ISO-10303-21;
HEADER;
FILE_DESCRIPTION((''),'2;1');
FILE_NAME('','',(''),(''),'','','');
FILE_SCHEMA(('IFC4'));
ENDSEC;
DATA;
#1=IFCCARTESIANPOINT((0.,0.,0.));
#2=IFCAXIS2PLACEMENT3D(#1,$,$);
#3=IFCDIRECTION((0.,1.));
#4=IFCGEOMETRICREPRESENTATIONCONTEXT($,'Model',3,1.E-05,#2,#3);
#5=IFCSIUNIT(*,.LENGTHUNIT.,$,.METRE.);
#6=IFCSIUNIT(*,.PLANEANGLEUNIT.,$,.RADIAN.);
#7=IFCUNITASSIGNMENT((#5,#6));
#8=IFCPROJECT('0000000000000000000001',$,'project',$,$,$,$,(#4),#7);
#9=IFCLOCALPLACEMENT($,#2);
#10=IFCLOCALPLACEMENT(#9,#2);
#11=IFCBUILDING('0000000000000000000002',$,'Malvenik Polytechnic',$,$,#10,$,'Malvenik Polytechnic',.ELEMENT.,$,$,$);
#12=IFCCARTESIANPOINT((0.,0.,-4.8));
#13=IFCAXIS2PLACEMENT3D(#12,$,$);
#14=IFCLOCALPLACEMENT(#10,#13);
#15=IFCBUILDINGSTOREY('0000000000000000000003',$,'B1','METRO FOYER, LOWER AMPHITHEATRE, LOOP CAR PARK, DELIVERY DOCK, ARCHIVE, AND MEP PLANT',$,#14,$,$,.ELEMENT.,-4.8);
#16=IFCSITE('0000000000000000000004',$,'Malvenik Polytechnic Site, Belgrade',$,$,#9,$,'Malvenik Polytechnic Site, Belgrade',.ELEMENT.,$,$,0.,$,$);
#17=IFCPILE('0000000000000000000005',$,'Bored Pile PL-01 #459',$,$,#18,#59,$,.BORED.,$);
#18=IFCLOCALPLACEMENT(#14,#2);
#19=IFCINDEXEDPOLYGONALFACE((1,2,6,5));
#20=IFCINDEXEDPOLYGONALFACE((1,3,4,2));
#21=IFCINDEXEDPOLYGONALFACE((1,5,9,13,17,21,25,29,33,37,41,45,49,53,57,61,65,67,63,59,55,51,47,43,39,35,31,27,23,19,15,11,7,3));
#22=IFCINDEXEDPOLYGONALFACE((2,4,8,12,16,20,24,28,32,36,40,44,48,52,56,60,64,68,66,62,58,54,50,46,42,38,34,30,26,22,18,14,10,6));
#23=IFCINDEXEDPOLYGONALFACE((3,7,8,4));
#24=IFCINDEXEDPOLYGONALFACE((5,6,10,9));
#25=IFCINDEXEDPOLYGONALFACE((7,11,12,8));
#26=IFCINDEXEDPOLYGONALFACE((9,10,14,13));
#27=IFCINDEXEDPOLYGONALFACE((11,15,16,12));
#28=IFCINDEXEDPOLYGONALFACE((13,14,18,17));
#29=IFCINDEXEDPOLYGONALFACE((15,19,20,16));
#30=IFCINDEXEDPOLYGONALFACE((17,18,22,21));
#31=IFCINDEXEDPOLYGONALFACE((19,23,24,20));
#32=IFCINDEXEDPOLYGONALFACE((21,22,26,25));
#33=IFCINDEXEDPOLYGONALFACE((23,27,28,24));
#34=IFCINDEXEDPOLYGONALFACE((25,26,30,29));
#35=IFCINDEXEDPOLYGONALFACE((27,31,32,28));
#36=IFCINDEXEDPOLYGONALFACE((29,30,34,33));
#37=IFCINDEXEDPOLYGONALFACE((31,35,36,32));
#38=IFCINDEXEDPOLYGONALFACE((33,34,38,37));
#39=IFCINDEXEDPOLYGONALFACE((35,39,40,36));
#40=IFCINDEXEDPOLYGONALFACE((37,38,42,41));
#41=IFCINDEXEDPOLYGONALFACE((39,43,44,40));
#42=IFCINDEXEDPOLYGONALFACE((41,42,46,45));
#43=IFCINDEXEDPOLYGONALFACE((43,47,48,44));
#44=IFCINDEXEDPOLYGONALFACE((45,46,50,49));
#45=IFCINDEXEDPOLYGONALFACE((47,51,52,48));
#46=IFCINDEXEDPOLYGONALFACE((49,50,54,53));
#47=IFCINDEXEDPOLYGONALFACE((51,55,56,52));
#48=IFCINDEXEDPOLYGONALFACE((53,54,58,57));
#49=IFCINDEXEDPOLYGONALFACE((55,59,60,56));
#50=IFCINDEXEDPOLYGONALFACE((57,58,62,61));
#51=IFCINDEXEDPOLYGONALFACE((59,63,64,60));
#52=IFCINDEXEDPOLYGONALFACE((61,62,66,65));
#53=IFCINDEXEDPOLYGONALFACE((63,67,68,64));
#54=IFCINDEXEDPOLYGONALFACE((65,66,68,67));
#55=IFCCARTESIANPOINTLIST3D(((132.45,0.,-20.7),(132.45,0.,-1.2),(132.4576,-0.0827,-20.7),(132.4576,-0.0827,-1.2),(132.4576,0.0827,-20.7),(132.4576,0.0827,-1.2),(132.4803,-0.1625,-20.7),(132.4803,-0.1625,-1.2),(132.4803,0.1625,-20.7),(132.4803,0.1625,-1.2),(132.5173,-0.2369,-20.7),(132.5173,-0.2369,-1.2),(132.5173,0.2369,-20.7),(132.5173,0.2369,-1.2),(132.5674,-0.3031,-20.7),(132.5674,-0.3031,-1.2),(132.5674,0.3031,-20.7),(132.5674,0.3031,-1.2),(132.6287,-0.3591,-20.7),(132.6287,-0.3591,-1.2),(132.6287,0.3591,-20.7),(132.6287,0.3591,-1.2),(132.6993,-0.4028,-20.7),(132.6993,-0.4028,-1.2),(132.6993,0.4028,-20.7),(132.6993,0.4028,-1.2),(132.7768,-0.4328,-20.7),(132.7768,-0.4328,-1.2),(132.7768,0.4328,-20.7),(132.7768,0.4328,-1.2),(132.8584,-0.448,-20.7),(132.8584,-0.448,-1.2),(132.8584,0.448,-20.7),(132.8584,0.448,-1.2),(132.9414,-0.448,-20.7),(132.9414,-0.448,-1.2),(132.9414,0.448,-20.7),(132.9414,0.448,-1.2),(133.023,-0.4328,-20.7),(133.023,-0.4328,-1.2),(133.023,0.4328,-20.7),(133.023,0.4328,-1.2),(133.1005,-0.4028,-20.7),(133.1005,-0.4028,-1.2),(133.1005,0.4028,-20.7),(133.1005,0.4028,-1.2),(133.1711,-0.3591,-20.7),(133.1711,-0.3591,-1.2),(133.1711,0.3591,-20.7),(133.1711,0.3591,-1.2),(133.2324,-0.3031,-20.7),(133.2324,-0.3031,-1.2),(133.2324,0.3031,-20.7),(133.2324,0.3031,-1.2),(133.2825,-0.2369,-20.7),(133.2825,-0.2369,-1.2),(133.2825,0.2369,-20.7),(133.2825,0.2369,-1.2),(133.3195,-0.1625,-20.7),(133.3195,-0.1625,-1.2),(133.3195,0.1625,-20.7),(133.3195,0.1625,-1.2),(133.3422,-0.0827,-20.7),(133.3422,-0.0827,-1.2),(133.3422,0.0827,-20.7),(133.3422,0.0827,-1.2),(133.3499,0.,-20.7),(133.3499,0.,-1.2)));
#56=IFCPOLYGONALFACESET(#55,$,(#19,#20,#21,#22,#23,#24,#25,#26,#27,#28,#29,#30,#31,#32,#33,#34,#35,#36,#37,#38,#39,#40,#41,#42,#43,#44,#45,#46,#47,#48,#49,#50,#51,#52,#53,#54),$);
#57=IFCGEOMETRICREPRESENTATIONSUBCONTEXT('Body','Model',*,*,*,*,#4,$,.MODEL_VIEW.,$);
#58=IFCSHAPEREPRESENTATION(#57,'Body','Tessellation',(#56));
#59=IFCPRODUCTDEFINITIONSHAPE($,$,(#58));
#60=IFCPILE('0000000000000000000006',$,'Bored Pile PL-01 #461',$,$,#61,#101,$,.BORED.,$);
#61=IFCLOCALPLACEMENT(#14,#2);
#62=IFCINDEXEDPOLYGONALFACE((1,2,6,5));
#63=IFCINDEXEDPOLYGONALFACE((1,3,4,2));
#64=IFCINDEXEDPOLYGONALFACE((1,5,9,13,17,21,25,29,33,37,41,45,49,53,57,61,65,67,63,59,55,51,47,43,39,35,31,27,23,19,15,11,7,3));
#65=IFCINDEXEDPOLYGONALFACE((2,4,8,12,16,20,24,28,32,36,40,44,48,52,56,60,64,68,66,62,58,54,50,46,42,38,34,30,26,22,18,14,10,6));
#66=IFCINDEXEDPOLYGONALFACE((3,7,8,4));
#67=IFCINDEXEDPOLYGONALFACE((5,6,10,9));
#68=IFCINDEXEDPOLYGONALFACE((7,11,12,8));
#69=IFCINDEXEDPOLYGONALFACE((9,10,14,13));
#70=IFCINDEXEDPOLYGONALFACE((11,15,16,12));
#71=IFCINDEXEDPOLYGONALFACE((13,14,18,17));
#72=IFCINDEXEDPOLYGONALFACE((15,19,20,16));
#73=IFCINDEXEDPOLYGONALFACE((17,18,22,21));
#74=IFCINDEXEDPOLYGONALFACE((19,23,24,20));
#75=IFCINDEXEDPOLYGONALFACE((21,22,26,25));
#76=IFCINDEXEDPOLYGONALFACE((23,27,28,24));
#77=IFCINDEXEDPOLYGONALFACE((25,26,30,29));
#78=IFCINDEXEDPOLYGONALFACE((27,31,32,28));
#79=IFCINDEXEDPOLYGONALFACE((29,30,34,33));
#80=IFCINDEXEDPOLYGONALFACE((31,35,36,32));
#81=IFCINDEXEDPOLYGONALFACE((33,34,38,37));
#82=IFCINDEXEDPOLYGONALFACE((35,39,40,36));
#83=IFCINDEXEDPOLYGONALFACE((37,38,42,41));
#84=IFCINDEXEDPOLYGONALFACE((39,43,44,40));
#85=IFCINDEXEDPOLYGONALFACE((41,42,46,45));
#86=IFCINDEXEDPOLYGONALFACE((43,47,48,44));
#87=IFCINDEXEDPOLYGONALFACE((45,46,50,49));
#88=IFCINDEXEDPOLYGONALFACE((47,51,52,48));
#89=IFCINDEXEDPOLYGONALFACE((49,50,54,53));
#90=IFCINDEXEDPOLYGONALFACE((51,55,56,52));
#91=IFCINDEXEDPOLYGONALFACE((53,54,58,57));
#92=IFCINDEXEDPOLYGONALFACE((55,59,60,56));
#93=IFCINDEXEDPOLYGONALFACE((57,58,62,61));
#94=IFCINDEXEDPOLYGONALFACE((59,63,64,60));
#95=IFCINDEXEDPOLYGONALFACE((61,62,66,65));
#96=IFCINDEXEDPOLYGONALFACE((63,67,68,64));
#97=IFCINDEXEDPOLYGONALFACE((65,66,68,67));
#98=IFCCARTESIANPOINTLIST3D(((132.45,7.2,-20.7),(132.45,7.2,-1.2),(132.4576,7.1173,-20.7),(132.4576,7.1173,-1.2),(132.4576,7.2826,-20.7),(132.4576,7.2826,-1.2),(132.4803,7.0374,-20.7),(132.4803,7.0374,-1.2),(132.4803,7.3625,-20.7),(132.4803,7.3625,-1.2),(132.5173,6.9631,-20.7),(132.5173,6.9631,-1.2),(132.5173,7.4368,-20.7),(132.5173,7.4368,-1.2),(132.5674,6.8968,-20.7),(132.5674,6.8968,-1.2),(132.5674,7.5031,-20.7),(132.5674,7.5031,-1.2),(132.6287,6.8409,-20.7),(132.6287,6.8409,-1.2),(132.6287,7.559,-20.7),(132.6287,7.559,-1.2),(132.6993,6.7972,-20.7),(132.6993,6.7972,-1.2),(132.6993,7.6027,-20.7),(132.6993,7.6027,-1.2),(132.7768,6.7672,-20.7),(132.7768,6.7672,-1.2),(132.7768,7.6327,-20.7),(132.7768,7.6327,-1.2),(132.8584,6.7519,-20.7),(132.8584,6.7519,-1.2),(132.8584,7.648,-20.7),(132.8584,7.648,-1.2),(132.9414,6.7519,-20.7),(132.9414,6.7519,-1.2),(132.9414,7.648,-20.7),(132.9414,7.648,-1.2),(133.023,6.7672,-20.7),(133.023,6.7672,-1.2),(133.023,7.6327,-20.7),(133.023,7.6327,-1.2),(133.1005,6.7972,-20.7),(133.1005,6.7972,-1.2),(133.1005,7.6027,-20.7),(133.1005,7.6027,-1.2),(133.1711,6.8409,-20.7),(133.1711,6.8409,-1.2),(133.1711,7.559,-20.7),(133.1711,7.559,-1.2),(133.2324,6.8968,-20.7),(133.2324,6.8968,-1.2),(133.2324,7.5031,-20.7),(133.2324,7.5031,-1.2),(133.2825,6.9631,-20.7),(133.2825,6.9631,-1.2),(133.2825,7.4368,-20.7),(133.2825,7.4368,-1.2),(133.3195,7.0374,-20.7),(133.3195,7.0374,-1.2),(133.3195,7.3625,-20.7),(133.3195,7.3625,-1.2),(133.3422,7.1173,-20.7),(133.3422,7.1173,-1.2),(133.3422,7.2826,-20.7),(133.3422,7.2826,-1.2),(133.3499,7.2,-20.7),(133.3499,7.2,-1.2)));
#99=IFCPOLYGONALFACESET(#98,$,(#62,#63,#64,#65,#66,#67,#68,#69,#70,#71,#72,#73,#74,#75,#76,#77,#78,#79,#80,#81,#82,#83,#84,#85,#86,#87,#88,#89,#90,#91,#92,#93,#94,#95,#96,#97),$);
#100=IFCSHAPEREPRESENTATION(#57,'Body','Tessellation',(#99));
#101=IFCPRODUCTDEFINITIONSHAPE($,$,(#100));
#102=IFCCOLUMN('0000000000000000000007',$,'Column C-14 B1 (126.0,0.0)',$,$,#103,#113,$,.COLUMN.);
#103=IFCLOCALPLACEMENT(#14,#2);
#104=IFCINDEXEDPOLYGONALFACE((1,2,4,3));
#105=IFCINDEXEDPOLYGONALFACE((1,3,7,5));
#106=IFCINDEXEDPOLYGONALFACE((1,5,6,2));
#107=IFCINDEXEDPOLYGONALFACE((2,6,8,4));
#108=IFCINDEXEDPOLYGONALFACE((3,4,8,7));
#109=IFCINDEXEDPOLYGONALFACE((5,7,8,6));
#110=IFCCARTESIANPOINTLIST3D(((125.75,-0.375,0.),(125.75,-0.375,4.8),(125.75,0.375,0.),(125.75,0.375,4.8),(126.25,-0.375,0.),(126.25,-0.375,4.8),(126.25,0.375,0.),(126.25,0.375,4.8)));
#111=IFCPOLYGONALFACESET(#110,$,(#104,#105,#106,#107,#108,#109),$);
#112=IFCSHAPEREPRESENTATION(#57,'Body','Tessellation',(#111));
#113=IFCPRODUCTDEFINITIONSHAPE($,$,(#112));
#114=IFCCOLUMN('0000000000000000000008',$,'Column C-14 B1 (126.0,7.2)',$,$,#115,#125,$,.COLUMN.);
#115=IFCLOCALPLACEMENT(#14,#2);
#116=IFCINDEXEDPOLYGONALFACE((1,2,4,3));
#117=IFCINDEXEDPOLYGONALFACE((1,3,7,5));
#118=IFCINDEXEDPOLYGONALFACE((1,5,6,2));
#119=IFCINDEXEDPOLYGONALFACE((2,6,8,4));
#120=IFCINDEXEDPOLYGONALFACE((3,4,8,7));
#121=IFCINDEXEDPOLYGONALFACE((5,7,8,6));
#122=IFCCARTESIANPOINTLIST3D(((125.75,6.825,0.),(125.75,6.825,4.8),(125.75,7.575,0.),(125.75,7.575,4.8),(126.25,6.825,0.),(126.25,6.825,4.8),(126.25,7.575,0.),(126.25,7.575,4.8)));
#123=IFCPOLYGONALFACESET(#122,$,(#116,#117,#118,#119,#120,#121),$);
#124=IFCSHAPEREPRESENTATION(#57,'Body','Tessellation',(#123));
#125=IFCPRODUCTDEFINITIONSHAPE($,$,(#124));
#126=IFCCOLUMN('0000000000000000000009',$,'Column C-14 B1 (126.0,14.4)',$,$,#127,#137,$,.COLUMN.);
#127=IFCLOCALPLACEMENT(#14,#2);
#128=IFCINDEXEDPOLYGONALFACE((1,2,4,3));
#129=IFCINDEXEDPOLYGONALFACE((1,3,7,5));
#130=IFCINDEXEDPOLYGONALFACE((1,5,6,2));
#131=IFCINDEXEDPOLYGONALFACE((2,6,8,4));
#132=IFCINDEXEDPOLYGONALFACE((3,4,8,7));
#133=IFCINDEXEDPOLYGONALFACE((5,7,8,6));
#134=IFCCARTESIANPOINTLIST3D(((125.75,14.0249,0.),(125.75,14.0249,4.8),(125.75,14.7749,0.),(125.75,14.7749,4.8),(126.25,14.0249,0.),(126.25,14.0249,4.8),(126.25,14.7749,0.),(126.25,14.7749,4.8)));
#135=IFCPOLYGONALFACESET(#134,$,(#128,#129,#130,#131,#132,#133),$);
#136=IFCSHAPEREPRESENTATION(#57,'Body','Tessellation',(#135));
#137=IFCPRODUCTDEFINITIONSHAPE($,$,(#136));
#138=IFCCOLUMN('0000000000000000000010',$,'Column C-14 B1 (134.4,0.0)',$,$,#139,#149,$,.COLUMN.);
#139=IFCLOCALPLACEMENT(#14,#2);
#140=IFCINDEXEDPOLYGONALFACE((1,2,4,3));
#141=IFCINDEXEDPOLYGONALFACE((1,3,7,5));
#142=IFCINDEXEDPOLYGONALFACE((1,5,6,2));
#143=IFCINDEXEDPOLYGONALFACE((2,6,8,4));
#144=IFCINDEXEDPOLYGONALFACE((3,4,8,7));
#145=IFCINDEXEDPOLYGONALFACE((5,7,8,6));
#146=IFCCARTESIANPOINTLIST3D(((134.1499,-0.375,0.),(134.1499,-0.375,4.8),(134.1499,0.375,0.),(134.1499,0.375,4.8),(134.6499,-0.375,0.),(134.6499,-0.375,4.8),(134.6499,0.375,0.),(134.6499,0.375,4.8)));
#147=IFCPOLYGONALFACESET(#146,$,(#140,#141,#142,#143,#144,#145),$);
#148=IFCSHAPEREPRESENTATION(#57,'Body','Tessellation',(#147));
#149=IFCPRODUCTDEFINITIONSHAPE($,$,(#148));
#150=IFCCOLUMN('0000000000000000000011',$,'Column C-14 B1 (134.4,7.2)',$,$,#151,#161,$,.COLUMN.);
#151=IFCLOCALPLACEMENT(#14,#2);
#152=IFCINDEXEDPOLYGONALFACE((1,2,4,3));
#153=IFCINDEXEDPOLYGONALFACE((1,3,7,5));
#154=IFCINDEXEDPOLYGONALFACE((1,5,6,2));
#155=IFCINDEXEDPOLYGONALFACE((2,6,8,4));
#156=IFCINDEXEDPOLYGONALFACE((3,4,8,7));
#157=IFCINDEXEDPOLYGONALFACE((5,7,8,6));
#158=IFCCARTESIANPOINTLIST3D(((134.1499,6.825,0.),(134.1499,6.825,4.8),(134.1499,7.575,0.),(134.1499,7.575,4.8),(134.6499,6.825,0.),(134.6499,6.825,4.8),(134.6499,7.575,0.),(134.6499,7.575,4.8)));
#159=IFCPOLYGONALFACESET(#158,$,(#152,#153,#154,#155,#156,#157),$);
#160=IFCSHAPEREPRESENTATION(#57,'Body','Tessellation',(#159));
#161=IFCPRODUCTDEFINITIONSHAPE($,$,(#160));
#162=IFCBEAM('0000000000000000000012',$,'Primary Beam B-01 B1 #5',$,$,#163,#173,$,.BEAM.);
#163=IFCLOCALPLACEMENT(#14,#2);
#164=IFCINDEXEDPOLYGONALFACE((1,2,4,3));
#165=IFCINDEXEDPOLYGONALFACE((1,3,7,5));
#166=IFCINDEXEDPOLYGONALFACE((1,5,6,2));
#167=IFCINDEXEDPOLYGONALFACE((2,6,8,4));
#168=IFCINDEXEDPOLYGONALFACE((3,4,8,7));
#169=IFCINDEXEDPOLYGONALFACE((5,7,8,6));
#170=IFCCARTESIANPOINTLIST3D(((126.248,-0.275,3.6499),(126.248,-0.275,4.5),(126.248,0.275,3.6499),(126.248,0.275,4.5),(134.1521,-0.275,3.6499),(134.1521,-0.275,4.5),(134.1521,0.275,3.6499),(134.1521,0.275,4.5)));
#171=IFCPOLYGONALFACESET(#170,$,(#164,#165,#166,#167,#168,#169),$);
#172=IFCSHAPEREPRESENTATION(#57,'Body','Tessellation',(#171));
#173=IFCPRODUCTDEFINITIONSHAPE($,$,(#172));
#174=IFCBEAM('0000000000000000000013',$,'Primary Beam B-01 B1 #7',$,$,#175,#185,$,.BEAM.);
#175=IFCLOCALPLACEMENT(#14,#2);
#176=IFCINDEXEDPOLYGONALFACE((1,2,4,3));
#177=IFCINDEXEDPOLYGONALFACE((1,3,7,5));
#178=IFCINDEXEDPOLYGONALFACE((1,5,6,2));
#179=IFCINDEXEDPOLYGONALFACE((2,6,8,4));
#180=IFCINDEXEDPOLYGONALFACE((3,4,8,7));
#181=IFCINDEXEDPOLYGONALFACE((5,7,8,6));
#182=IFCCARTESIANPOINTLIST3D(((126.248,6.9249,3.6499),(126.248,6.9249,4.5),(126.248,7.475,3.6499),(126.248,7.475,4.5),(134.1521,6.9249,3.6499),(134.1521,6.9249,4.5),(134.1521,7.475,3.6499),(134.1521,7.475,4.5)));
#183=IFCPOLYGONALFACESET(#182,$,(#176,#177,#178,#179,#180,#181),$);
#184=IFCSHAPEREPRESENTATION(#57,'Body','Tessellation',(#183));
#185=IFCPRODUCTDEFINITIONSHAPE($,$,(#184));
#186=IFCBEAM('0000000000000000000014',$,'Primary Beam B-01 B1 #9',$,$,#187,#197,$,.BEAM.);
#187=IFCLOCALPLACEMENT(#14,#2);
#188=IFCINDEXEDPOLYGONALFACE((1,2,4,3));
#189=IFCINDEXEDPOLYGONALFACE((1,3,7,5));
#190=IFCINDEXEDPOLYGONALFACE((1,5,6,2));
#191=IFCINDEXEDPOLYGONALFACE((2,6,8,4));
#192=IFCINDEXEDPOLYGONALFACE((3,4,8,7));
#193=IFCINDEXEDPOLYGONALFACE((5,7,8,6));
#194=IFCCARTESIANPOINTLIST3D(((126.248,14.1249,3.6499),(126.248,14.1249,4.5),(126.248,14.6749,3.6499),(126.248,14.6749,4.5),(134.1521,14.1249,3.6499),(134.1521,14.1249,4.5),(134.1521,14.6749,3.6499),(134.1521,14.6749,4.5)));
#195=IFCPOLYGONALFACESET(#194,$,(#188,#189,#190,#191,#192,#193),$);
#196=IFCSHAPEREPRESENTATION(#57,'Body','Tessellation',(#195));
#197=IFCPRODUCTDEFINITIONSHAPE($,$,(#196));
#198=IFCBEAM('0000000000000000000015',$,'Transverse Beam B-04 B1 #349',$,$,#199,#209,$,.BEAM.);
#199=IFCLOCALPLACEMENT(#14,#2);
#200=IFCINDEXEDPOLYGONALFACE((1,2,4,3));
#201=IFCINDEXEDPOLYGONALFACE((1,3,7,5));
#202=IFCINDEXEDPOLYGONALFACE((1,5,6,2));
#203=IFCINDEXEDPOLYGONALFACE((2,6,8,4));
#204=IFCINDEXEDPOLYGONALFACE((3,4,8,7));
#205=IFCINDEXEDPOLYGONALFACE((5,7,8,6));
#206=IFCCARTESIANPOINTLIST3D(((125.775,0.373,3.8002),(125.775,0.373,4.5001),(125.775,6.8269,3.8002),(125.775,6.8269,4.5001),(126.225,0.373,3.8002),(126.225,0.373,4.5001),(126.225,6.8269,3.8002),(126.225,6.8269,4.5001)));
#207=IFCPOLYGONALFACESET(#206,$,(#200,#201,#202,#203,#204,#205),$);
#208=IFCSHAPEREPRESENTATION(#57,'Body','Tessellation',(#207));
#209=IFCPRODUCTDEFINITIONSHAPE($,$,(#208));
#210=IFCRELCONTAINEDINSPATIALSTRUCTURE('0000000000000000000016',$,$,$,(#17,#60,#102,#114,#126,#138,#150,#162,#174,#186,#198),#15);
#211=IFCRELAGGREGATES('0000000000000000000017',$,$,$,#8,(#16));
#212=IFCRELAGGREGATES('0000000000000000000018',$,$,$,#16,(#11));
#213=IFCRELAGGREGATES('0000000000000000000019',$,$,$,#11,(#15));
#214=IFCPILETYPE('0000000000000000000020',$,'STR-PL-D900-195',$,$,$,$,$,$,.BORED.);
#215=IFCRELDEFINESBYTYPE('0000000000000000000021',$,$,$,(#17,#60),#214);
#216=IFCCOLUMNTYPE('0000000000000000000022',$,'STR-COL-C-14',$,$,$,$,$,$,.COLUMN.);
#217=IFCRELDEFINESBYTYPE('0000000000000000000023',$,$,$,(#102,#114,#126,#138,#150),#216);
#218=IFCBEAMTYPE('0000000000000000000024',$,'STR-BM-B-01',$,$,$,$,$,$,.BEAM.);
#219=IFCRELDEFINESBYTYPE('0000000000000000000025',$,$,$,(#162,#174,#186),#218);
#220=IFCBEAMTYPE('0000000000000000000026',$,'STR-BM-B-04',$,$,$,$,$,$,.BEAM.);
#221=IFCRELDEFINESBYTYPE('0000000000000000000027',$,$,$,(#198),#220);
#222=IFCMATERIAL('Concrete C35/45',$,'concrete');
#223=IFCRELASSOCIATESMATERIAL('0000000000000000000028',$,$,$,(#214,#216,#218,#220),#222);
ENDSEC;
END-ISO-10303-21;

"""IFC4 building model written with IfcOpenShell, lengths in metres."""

from ifc_helpers import new_model, si_unit, direction, frame, origin, origin_2d, place, context, subcontext, project, spatial, rectangle, circle, extrude, material, material_profile, profile_set, type_object, element, save


model = new_model("IFC4")

# Units and contexts
model_context = context("Model", 3, precision=1e-05, world=origin(), true_north=direction((0.0, 1.0)))
body_context = subcontext(model_context, "Body", "Model", "MODEL_VIEW")
ifc_project = project(units=[si_unit("LENGTHUNIT", "METRE"), si_unit("PLANEANGLEUNIT", "RADIAN")], contexts=[model_context])

# Site, building, storey
site_placement = place(None, origin())
site = spatial("IfcSite", under=ifc_project, at=site_placement, Name="Malvenik Polytechnic Site, Belgrade", LongName="Malvenik Polytechnic Site, Belgrade", CompositionType="ELEMENT", RefElevation=0.0)
building_placement = place(site_placement, origin())
building = spatial("IfcBuilding", under=site, at=building_placement, Name="Malvenik Polytechnic", LongName="Malvenik Polytechnic", CompositionType="ELEMENT")
storey_placement = place(building_placement, frame((0.0, 0.0, -4.8)))
storey = spatial("IfcBuildingStorey", under=building, at=storey_placement, Name="B1", Description="METRO FOYER, LOWER AMPHITHEATRE, LOOP CAR PARK, DELIVERY DOCK, ARCHIVE, AND MEP PLANT", CompositionType="ELEMENT", Elevation=-4.8)

# Shared definitions
ifc_material_1 = material(Name="Concrete C35/45", Category="concrete")

# Piles
ifc_material_profile_1 = material_profile(ifc_material_1, circle(Radius=0.45, at=origin_2d()), Name="BORED PILE D900")
ifc_profile_set_1 = profile_set([ifc_material_profile_1], Name="Concrete C35/45")
pile_type = type_object("IfcPileType", Name="STR-PL-D900-195", PredefinedType="BORED", material=ifc_profile_set_1)
for number, where, z_axis, x_axis, name in (
    (1, (132.8999, 0.0, -1.2), (0.0, 0.0, -1.0), (1.0, 0.0, 0.0), "Bored Pile PL-01 #459"),
    (2, (132.8999, 7.2, -1.2), (0.0, 0.0, -1.0), (1.0, 0.0, 0.0), "Bored Pile PL-01 #461"),
):
    element("IfcPile", number, at=place(storey_placement, frame(where, z_axis=z_axis, x_axis=x_axis)), inside=storey, type_object=pile_type, Name=name, PredefinedType="BORED", context=body_context, shape_type="SweptSolid", body=[
        extrude(circle(Radius=0.45, at=origin_2d()), origin(), (0.0, 0.0, 1.0), 19.5),
    ])

# Columns
ifc_material_profile_2 = material_profile(ifc_material_1, rectangle(XDim=0.5, YDim=0.75, at=origin_2d()), Name="RC COL 750x500")
ifc_profile_set_2 = profile_set([ifc_material_profile_2], Name="Concrete C35/45")
column_type = type_object("IfcColumnType", Name="STR-COL-C-14", PredefinedType="COLUMN", material=ifc_profile_set_2)
for number, where, z_axis, x_axis, name in (
    (3, (126.0, 0.0, 0.0), (0.0, 0.0, 1.0), (1.0, 0.0, 0.0), "Column C-14 B1 (126.0,0.0)"),
    (4, (126.0, 7.2, 0.0), (0.0, 0.0, 1.0), (1.0, 0.0, 0.0), "Column C-14 B1 (126.0,7.2)"),
    (5, (126.0, 14.3999, 0.0), (0.0, 0.0, 1.0), (1.0, 0.0, 0.0), "Column C-14 B1 (126.0,14.4)"),
    (6, (134.3999, 0.0, 0.0), (0.0, 0.0, 1.0), (1.0, 0.0, 0.0), "Column C-14 B1 (134.4,0.0)"),
    (7, (134.3999, 7.2, 0.0), (0.0, 0.0, 1.0), (1.0, 0.0, 0.0), "Column C-14 B1 (134.4,7.2)"),
):
    element("IfcColumn", number, at=place(storey_placement, frame(where, z_axis=z_axis, x_axis=x_axis)), inside=storey, type_object=column_type, Name=name, PredefinedType="COLUMN", context=body_context, shape_type="SweptSolid", body=[
        extrude(rectangle(XDim=0.5, YDim=0.75, at=origin_2d()), origin(), (0.0, 0.0, 1.0), 4.8),
    ])

# Beams
ifc_material_profile_3 = material_profile(ifc_material_1, rectangle(XDim=0.55, YDim=0.8501, at=origin_2d()), Name="RC BM 550x850")
ifc_profile_set_3 = profile_set([ifc_material_profile_3], Name="Concrete C35/45")
beam_type_1 = type_object("IfcBeamType", Name="STR-BM-B-01", PredefinedType="BEAM", material=ifc_profile_set_3)
for number, where, z_axis, x_axis, name in (
    (8, (126.248, 0.0, 4.075), (1.0, 0.0, 0.0), (0.0, 1.0, 0.0), "Primary Beam B-01 B1 #5"),
    (9, (126.248, 7.2, 4.075), (1.0, 0.0, 0.0), (0.0, 1.0, 0.0), "Primary Beam B-01 B1 #7"),
    (10, (126.248, 14.3999, 4.075), (1.0, 0.0, 0.0), (0.0, 1.0, 0.0), "Primary Beam B-01 B1 #9"),
):
    element("IfcBeam", number, at=place(storey_placement, frame(where, z_axis=z_axis, x_axis=x_axis)), inside=storey, type_object=beam_type_1, Name=name, PredefinedType="BEAM", context=body_context, shape_type="SweptSolid", body=[
        extrude(rectangle(XDim=0.55, YDim=0.8501, at=origin_2d()), origin(), (0.0, 0.0, 1.0), 7.9041),
    ])
ifc_material_profile_4 = material_profile(ifc_material_1, rectangle(XDim=0.45, YDim=0.7, at=origin_2d()), Name="RC BM 450x700")
ifc_profile_set_4 = profile_set([ifc_material_profile_4], Name="Concrete C35/45")
beam_type_2 = type_object("IfcBeamType", Name="STR-BM-B-04", PredefinedType="BEAM", material=ifc_profile_set_4)
beam_1_placement = place(storey_placement, frame((126.0, 0.373, 4.1501), z_axis=(0.0, 1.0, 0.0), x_axis=(-1.0, 0.0, 0.0)))
element("IfcBeam", 11, at=beam_1_placement, inside=storey, type_object=beam_type_2, Name="Transverse Beam B-04 B1 #349", PredefinedType="BEAM", context=body_context, shape_type="SweptSolid", body=[
    extrude(rectangle(XDim=0.45, YDim=0.7, at=origin_2d()), origin(), (0.0, 0.0, 1.0), 6.4539),
])

save(model, "model.ifc")
